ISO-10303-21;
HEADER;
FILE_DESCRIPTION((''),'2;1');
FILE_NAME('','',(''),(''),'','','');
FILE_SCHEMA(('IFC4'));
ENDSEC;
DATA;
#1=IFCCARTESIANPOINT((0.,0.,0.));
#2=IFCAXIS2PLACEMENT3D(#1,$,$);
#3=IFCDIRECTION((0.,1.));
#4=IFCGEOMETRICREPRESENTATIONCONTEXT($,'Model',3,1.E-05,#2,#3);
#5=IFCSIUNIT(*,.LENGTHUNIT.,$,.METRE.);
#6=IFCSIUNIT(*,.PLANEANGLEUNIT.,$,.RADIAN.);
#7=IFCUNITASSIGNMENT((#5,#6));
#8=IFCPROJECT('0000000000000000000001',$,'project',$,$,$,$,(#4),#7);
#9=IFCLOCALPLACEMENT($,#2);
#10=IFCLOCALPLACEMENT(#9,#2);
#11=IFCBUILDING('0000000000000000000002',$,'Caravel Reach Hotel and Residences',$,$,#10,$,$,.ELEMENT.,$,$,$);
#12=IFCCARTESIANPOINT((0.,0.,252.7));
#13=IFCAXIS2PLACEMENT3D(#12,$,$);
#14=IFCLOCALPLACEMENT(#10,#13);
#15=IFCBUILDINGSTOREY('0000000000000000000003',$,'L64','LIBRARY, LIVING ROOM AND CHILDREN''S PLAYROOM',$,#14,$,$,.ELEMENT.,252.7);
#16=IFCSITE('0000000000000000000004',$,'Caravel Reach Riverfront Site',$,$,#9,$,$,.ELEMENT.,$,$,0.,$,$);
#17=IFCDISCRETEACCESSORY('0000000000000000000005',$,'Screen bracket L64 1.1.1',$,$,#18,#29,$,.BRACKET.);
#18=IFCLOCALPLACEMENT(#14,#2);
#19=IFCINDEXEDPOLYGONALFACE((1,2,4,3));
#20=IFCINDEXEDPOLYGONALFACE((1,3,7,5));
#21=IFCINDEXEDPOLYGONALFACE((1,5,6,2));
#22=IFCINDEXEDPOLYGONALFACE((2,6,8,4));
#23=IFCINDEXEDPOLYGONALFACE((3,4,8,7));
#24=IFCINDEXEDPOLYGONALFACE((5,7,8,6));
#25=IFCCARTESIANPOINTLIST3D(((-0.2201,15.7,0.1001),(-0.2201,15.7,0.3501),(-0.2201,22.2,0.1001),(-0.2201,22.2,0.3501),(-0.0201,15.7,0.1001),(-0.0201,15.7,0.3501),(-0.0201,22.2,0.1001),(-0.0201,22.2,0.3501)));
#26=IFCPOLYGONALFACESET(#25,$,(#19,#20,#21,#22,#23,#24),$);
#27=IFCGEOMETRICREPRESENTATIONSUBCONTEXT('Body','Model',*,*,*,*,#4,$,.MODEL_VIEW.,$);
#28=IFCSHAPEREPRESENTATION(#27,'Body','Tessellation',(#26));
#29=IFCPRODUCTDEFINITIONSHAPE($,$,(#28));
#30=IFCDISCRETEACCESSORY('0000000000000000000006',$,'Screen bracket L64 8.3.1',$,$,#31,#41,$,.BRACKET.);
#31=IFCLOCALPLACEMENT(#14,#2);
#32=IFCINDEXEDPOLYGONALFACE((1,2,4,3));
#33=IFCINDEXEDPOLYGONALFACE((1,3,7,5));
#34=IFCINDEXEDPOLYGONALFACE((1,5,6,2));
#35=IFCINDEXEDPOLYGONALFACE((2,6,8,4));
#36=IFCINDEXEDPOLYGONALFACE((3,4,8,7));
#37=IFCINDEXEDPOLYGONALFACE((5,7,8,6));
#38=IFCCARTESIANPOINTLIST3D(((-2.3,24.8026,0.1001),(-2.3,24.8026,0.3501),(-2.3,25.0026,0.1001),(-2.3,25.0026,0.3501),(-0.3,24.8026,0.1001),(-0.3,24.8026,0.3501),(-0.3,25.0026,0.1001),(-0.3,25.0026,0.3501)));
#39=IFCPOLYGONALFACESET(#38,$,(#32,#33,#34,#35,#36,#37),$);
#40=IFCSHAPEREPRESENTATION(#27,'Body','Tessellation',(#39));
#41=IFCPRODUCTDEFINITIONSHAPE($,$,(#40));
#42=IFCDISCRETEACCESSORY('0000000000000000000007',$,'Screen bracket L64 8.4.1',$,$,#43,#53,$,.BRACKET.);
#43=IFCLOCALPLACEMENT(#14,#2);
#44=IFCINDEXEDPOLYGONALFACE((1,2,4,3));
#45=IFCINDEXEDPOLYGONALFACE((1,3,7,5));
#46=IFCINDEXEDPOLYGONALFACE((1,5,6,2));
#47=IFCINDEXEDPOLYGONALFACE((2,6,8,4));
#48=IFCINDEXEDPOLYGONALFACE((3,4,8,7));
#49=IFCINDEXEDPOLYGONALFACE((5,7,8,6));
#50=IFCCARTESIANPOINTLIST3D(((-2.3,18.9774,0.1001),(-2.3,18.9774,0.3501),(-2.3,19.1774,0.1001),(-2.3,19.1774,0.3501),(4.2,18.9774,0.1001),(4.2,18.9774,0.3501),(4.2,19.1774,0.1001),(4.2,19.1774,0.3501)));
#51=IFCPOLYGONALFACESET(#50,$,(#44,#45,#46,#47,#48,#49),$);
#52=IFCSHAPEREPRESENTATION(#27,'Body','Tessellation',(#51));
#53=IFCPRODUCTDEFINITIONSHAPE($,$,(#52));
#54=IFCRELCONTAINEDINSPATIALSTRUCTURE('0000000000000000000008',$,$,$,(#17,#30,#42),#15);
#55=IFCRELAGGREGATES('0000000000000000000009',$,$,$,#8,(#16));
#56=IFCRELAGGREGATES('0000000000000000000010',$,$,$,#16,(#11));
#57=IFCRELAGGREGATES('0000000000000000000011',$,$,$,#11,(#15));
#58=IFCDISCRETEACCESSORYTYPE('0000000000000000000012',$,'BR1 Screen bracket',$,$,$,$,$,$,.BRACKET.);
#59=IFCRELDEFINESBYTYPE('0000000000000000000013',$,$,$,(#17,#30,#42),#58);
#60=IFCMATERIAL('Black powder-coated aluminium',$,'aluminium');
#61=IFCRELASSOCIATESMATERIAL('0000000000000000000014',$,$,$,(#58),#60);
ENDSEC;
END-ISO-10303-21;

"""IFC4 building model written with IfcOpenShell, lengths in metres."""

from ifc_helpers import new_model, si_unit, direction, frame, origin, origin_2d, place, context, subcontext, project, spatial, rectangle, extrude, material, type_object, element, save


model = new_model("IFC4")

# Units and contexts
model_context = context("Model", 3, precision=1e-05, world=origin(), true_north=direction((0.0, 1.0)))
body_context = subcontext(model_context, "Body", "Model", "MODEL_VIEW")
ifc_project = project(units=[si_unit("LENGTHUNIT", "METRE"), si_unit("PLANEANGLEUNIT", "RADIAN")], contexts=[model_context])

# Site, building, storey
site_placement = place(None, origin())
site = spatial("IfcSite", under=ifc_project, at=site_placement, Name="Caravel Reach Riverfront Site", CompositionType="ELEMENT", RefElevation=0.0)
building_placement = place(site_placement, origin())
building = spatial("IfcBuilding", under=site, at=building_placement, Name="Caravel Reach Hotel and Residences", CompositionType="ELEMENT")
storey_placement = place(building_placement, frame((0.0, 0.0, 252.7)))
storey = spatial("IfcBuildingStorey", under=building, at=storey_placement, Name="L64", Description="LIBRARY, LIVING ROOM AND CHILDREN'S PLAYROOM", CompositionType="ELEMENT", Elevation=252.7)

# Discrete accessories
ifc_material_1 = material(Name="Black powder-coated aluminium", Category="aluminium")
discrete_accessory_type = type_object("IfcDiscreteAccessoryType", Name="BR1 Screen bracket", PredefinedType="BRACKET", material=ifc_material_1)
discrete_accessory_1_placement = place(storey_placement, frame((-0.1201, 18.95, 0.1001), z_axis=(0.0, 0.0, 1.0), x_axis=(0.0, -1.0, 0.0)))
element("IfcDiscreteAccessory", 1, at=discrete_accessory_1_placement, inside=storey, type_object=discrete_accessory_type, Name="Screen bracket L64 1.1.1", PredefinedType="BRACKET", context=body_context, shape_type="SweptSolid", body=[
    extrude(rectangle(XDim=6.5, YDim=0.2, at=origin_2d()), origin(), (0.0, 0.0, 1.0), 0.25),
])
discrete_accessory_2_placement = place(storey_placement, frame((-1.3, 24.9026, 0.1001), z_axis=(0.0, 0.0, 1.0), x_axis=(-1.0, 0.0, 0.0)))
element("IfcDiscreteAccessory", 2, at=discrete_accessory_2_placement, inside=storey, type_object=discrete_accessory_type, Name="Screen bracket L64 8.3.1", PredefinedType="BRACKET", context=body_context, shape_type="SweptSolid", body=[
    extrude(rectangle(XDim=2.0, YDim=0.2, at=origin_2d()), origin(), (0.0, 0.0, 1.0), 0.25),
])
discrete_accessory_3_placement = place(storey_placement, frame((0.95, 19.0774, 0.1001), z_axis=(0.0, 0.0, 1.0), x_axis=(-1.0, 0.0, 0.0)))
element("IfcDiscreteAccessory", 3, at=discrete_accessory_3_placement, inside=storey, type_object=discrete_accessory_type, Name="Screen bracket L64 8.4.1", PredefinedType="BRACKET", context=body_context, shape_type="SweptSolid", body=[
    extrude(rectangle(XDim=6.5, YDim=0.2, at=origin_2d()), origin(), (0.0, 0.0, 1.0), 0.25),
])

save(model, "model.ifc")
